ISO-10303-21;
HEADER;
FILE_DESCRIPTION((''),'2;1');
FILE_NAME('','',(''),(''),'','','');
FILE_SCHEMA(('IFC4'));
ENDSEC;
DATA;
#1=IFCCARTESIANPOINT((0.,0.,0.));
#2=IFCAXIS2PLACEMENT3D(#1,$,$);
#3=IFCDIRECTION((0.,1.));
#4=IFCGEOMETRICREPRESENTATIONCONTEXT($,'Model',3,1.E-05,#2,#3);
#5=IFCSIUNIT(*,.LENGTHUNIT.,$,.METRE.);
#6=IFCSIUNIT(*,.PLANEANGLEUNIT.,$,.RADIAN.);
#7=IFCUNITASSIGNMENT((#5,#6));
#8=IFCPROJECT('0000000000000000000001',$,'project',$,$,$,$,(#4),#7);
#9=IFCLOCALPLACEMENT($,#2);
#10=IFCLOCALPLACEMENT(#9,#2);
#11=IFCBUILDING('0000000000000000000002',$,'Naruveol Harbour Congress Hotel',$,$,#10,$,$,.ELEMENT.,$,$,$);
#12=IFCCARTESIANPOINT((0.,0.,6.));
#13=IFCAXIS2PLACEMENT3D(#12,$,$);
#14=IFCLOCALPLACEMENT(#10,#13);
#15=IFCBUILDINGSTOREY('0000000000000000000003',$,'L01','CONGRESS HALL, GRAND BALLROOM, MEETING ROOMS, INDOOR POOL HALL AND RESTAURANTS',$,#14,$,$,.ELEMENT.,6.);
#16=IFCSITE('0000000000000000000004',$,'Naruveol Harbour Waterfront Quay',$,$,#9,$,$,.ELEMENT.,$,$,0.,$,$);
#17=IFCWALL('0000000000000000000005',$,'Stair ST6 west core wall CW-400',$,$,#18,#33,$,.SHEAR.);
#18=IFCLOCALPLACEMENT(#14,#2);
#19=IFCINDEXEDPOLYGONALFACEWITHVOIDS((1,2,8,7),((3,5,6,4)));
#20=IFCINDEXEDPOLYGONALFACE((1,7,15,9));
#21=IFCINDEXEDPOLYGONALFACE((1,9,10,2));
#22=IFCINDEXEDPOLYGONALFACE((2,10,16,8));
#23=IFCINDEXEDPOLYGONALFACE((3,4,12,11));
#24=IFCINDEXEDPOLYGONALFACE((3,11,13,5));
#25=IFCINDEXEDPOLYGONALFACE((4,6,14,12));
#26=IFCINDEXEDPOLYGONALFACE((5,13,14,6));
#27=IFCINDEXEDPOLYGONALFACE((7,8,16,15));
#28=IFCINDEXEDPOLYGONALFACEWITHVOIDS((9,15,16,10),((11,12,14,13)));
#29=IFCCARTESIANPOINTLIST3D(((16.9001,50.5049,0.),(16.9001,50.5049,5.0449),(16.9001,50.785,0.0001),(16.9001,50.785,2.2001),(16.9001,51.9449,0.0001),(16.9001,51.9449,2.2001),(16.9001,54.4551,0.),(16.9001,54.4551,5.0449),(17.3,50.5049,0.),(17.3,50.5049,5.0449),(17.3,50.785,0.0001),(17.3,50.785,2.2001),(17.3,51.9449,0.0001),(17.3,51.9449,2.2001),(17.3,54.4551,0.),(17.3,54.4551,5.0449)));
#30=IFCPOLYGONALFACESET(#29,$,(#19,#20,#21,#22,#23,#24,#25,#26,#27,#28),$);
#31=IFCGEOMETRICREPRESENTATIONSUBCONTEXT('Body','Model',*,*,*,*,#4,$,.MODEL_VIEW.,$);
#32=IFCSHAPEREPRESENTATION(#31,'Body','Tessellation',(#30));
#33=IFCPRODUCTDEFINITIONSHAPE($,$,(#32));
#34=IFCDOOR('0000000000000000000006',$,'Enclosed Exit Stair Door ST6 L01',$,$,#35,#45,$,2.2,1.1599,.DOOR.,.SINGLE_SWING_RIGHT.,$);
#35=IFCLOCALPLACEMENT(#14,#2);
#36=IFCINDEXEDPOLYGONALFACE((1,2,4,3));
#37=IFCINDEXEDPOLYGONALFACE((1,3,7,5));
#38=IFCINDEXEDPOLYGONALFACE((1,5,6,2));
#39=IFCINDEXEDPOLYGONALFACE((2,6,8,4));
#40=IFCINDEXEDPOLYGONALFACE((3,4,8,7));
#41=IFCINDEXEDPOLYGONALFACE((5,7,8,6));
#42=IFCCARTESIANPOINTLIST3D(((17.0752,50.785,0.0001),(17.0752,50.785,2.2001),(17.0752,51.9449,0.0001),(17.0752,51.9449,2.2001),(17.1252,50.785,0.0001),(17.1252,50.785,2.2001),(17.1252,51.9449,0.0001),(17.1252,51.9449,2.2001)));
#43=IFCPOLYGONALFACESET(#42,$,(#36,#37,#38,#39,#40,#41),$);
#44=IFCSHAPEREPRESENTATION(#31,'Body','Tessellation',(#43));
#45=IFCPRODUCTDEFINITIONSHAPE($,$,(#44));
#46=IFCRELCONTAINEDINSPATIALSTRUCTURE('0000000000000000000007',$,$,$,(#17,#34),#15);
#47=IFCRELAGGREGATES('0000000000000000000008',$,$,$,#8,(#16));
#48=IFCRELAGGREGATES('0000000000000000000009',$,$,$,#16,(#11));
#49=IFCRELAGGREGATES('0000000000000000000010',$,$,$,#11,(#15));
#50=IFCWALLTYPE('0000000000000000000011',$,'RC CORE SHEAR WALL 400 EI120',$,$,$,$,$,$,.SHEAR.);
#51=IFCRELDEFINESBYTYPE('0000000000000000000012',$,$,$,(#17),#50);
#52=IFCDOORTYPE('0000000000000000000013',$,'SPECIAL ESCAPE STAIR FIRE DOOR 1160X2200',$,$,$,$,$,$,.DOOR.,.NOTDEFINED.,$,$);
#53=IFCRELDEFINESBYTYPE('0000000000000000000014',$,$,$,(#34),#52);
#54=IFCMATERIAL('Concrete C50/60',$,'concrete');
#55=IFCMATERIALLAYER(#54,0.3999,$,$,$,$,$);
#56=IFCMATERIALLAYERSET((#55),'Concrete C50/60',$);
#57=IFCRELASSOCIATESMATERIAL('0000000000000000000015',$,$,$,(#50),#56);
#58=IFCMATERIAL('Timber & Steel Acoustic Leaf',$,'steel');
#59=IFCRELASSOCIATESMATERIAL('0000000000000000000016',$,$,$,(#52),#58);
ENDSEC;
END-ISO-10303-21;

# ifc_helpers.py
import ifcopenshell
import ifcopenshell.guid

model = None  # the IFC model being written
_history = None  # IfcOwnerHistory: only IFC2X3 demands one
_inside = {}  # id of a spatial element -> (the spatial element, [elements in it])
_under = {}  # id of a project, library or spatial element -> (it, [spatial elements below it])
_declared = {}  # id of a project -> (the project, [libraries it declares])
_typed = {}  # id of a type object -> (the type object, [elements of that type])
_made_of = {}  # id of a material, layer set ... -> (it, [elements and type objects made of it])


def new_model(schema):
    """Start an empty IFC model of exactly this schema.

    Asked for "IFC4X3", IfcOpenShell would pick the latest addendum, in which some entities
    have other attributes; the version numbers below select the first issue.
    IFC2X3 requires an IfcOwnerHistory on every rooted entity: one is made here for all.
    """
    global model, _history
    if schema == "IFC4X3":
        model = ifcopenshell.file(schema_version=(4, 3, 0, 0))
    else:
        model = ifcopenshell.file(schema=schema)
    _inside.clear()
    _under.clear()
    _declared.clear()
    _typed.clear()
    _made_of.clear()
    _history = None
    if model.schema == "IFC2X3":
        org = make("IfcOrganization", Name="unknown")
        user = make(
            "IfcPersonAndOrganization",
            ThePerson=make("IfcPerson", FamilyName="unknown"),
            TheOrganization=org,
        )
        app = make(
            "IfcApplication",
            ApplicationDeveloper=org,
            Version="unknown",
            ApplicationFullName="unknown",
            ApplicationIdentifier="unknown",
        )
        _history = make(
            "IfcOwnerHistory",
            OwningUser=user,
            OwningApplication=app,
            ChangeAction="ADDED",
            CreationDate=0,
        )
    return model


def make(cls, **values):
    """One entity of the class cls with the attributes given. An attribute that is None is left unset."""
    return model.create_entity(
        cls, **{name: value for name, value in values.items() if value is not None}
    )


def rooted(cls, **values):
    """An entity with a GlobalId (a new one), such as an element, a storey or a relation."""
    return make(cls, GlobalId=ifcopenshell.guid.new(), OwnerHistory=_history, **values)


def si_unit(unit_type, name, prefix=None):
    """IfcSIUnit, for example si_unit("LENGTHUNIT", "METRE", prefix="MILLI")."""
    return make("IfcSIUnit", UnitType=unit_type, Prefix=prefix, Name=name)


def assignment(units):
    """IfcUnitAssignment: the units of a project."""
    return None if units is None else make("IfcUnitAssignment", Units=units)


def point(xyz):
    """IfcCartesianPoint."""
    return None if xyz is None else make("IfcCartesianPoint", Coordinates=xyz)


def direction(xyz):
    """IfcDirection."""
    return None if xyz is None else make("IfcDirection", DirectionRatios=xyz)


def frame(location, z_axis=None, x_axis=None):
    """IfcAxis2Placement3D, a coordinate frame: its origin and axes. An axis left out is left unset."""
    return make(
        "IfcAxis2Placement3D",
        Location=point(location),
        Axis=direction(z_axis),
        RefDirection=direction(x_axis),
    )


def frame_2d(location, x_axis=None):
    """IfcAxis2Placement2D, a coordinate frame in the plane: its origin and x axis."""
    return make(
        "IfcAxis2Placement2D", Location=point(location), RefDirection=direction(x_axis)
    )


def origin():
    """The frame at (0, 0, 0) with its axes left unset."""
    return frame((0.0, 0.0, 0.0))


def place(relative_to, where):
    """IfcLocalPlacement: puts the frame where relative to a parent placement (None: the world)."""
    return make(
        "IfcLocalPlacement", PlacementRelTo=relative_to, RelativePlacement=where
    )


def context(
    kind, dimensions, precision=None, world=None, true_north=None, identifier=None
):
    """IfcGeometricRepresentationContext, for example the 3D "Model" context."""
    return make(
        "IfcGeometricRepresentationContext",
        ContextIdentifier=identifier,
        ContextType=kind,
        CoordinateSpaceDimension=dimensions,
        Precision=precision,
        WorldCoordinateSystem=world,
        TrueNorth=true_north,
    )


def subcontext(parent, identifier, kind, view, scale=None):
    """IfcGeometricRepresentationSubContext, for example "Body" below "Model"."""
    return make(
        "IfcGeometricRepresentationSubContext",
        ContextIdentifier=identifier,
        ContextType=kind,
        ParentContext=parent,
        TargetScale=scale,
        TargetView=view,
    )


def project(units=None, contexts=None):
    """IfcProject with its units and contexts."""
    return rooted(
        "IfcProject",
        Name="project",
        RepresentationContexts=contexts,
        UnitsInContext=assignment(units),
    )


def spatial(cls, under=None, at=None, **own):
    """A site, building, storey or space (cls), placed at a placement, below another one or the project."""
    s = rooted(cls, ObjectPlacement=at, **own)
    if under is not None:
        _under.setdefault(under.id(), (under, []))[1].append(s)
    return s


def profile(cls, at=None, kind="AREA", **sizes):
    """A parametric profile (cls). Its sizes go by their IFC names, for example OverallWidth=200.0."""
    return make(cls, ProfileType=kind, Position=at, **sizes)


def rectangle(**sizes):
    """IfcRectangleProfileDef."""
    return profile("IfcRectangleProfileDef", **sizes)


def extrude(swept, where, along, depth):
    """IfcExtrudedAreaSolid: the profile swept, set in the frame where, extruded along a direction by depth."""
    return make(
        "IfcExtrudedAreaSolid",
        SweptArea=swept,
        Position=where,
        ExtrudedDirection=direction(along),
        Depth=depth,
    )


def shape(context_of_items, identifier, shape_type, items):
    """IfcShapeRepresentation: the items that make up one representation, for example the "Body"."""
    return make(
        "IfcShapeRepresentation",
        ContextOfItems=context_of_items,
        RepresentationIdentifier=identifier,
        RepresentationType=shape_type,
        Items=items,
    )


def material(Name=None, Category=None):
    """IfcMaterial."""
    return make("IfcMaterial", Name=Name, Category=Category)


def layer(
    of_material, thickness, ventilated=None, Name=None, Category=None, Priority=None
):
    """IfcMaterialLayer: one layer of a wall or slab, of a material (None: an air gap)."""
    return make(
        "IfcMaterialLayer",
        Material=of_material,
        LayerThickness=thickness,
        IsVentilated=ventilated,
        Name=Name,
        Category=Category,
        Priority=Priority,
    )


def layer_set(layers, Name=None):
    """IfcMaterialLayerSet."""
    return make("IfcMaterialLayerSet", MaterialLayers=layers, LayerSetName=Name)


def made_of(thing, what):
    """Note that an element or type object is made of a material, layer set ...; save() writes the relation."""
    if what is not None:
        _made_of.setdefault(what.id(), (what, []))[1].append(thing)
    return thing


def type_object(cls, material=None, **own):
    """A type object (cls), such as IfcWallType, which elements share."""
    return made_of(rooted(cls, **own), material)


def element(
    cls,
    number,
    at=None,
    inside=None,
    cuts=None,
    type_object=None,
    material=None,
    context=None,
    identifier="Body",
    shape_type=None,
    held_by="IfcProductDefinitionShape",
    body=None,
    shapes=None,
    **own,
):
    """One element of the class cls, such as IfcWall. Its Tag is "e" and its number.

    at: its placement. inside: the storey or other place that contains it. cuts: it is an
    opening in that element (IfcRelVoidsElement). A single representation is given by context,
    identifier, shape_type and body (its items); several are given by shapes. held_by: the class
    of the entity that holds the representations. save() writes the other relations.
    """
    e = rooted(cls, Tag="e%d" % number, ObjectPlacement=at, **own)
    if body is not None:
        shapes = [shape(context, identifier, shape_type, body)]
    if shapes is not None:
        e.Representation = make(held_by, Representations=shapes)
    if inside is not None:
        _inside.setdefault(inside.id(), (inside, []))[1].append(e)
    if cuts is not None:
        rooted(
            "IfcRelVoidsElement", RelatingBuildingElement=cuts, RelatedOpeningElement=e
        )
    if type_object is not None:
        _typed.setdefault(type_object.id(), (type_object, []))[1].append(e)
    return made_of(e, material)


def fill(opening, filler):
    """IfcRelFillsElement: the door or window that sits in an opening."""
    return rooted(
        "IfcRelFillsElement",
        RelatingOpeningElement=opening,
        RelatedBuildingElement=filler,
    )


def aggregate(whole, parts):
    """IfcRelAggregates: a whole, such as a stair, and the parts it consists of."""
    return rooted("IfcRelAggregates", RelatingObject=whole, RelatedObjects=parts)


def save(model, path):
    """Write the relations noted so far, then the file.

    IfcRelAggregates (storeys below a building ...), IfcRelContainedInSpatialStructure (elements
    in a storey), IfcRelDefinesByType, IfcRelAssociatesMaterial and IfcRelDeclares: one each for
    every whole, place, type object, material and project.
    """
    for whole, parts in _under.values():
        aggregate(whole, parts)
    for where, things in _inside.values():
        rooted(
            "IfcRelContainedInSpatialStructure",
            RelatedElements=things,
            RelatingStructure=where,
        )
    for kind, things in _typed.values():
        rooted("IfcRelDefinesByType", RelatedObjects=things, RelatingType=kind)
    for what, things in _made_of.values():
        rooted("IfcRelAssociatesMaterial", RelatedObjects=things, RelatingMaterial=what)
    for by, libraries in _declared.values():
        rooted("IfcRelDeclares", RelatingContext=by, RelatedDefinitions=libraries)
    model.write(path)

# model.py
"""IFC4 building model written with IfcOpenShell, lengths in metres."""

from ifc_helpers import new_model, si_unit, direction, frame, frame_2d, origin, place, context, subcontext, project, spatial, rectangle, extrude, material, layer, layer_set, type_object, element, fill, save


model = new_model("IFC4")

# Units and contexts
model_context = context("Model", 3, precision=1e-05, world=origin(), true_north=direction((0.0, 1.0)))
body_context = subcontext(model_context, "Body", "Model", "MODEL_VIEW")
ifc_project = project(units=[si_unit("LENGTHUNIT", "METRE"), si_unit("PLANEANGLEUNIT", "RADIAN")], contexts=[model_context])

# Site, building, storey
site_placement = place(None, origin())
site = spatial("IfcSite", under=ifc_project, at=site_placement, Name="Naruveol Harbour Waterfront Quay", CompositionType="ELEMENT", RefElevation=0.0)
building_placement = place(site_placement, origin())
building = spatial("IfcBuilding", under=site, at=building_placement, Name="Naruveol Harbour Congress Hotel", CompositionType="ELEMENT")
storey_placement = place(building_placement, frame((0.0, 0.0, 6.0)))
storey = spatial("IfcBuildingStorey", under=building, at=storey_placement, Name="L01", Description="CONGRESS HALL, GRAND BALLROOM, MEETING ROOMS, INDOOR POOL HALL AND RESTAURANTS", CompositionType="ELEMENT", Elevation=6.0)

# Shared definitions
ifc_material_1 = material(Name="Concrete C50/60", Category="concrete")
ifc_layer_1 = layer(ifc_material_1, 0.3999)
ifc_layer_set_1 = layer_set([ifc_layer_1], Name="Concrete C50/60")
wall_type_1 = type_object("IfcWallType", Name="RC CORE SHEAR WALL 400 EI120", PredefinedType="SHEAR", material=ifc_layer_set_1)

# Wall, opening, door
wall_1_placement = place(storey_placement, frame((17.1001, 50.5049, 0.0), z_axis=(0.0, 0.0, 1.0), x_axis=(0.0, 1.0, 0.0)))
wall_1 = element("IfcWall", 1, at=wall_1_placement, inside=storey, type_object=wall_type_1, Name="Stair ST6 west core wall CW-400", PredefinedType="SHEAR", context=body_context, shape_type="SweptSolid", body=[
    extrude(rectangle(XDim=3.9502, YDim=0.3999, at=frame_2d((1.9751, 0.0))), origin(), (0.0, 0.0, 1.0), 5.0449),
])
opening_1_placement = place(wall_1_placement, frame((0.28, 0.0, 0.0)))
opening_1 = element("IfcOpeningElement", 2, at=opening_1_placement, cuts=wall_1, PredefinedType="OPENING", context=body_context, shape_type="SweptSolid", body=[
    extrude(rectangle(XDim=1.1599, YDim=2.2, at=frame_2d((0.5801, 1.1001))), frame((0.0, 0.21, 0.0), z_axis=(0.0, -1.0, 0.0), x_axis=(1.0, 0.0, 0.0)), (0.0, 0.0, 1.0), 0.4199),
])
ifc_material_2 = material(Name="Timber & Steel Acoustic Leaf", Category="steel")
door_type = type_object("IfcDoorType", Name="SPECIAL ESCAPE STAIR FIRE DOOR 1160X2200", OperationType="NOTDEFINED", PredefinedType="DOOR", material=ifc_material_2)
door_placement = place(opening_1_placement, origin())
door = element("IfcDoor", 3, at=door_placement, inside=storey, type_object=door_type, Name="Enclosed Exit Stair Door ST6 L01", OperationType="SINGLE_SWING_RIGHT", OverallHeight=2.2, OverallWidth=1.1599, PredefinedType="DOOR", context=body_context, shape_type="SweptSolid", body=[
    extrude(rectangle(XDim=1.1599, YDim=2.2, at=frame_2d((0.5801, 1.1001))), frame((0.0, 0.0249, 0.0), z_axis=(0.0, -1.0, 0.0), x_axis=(1.0, 0.0, 0.0)), (0.0, 0.0, 1.0), 0.05),
])
fill(opening_1, door)

save(model, "model.ifc")
